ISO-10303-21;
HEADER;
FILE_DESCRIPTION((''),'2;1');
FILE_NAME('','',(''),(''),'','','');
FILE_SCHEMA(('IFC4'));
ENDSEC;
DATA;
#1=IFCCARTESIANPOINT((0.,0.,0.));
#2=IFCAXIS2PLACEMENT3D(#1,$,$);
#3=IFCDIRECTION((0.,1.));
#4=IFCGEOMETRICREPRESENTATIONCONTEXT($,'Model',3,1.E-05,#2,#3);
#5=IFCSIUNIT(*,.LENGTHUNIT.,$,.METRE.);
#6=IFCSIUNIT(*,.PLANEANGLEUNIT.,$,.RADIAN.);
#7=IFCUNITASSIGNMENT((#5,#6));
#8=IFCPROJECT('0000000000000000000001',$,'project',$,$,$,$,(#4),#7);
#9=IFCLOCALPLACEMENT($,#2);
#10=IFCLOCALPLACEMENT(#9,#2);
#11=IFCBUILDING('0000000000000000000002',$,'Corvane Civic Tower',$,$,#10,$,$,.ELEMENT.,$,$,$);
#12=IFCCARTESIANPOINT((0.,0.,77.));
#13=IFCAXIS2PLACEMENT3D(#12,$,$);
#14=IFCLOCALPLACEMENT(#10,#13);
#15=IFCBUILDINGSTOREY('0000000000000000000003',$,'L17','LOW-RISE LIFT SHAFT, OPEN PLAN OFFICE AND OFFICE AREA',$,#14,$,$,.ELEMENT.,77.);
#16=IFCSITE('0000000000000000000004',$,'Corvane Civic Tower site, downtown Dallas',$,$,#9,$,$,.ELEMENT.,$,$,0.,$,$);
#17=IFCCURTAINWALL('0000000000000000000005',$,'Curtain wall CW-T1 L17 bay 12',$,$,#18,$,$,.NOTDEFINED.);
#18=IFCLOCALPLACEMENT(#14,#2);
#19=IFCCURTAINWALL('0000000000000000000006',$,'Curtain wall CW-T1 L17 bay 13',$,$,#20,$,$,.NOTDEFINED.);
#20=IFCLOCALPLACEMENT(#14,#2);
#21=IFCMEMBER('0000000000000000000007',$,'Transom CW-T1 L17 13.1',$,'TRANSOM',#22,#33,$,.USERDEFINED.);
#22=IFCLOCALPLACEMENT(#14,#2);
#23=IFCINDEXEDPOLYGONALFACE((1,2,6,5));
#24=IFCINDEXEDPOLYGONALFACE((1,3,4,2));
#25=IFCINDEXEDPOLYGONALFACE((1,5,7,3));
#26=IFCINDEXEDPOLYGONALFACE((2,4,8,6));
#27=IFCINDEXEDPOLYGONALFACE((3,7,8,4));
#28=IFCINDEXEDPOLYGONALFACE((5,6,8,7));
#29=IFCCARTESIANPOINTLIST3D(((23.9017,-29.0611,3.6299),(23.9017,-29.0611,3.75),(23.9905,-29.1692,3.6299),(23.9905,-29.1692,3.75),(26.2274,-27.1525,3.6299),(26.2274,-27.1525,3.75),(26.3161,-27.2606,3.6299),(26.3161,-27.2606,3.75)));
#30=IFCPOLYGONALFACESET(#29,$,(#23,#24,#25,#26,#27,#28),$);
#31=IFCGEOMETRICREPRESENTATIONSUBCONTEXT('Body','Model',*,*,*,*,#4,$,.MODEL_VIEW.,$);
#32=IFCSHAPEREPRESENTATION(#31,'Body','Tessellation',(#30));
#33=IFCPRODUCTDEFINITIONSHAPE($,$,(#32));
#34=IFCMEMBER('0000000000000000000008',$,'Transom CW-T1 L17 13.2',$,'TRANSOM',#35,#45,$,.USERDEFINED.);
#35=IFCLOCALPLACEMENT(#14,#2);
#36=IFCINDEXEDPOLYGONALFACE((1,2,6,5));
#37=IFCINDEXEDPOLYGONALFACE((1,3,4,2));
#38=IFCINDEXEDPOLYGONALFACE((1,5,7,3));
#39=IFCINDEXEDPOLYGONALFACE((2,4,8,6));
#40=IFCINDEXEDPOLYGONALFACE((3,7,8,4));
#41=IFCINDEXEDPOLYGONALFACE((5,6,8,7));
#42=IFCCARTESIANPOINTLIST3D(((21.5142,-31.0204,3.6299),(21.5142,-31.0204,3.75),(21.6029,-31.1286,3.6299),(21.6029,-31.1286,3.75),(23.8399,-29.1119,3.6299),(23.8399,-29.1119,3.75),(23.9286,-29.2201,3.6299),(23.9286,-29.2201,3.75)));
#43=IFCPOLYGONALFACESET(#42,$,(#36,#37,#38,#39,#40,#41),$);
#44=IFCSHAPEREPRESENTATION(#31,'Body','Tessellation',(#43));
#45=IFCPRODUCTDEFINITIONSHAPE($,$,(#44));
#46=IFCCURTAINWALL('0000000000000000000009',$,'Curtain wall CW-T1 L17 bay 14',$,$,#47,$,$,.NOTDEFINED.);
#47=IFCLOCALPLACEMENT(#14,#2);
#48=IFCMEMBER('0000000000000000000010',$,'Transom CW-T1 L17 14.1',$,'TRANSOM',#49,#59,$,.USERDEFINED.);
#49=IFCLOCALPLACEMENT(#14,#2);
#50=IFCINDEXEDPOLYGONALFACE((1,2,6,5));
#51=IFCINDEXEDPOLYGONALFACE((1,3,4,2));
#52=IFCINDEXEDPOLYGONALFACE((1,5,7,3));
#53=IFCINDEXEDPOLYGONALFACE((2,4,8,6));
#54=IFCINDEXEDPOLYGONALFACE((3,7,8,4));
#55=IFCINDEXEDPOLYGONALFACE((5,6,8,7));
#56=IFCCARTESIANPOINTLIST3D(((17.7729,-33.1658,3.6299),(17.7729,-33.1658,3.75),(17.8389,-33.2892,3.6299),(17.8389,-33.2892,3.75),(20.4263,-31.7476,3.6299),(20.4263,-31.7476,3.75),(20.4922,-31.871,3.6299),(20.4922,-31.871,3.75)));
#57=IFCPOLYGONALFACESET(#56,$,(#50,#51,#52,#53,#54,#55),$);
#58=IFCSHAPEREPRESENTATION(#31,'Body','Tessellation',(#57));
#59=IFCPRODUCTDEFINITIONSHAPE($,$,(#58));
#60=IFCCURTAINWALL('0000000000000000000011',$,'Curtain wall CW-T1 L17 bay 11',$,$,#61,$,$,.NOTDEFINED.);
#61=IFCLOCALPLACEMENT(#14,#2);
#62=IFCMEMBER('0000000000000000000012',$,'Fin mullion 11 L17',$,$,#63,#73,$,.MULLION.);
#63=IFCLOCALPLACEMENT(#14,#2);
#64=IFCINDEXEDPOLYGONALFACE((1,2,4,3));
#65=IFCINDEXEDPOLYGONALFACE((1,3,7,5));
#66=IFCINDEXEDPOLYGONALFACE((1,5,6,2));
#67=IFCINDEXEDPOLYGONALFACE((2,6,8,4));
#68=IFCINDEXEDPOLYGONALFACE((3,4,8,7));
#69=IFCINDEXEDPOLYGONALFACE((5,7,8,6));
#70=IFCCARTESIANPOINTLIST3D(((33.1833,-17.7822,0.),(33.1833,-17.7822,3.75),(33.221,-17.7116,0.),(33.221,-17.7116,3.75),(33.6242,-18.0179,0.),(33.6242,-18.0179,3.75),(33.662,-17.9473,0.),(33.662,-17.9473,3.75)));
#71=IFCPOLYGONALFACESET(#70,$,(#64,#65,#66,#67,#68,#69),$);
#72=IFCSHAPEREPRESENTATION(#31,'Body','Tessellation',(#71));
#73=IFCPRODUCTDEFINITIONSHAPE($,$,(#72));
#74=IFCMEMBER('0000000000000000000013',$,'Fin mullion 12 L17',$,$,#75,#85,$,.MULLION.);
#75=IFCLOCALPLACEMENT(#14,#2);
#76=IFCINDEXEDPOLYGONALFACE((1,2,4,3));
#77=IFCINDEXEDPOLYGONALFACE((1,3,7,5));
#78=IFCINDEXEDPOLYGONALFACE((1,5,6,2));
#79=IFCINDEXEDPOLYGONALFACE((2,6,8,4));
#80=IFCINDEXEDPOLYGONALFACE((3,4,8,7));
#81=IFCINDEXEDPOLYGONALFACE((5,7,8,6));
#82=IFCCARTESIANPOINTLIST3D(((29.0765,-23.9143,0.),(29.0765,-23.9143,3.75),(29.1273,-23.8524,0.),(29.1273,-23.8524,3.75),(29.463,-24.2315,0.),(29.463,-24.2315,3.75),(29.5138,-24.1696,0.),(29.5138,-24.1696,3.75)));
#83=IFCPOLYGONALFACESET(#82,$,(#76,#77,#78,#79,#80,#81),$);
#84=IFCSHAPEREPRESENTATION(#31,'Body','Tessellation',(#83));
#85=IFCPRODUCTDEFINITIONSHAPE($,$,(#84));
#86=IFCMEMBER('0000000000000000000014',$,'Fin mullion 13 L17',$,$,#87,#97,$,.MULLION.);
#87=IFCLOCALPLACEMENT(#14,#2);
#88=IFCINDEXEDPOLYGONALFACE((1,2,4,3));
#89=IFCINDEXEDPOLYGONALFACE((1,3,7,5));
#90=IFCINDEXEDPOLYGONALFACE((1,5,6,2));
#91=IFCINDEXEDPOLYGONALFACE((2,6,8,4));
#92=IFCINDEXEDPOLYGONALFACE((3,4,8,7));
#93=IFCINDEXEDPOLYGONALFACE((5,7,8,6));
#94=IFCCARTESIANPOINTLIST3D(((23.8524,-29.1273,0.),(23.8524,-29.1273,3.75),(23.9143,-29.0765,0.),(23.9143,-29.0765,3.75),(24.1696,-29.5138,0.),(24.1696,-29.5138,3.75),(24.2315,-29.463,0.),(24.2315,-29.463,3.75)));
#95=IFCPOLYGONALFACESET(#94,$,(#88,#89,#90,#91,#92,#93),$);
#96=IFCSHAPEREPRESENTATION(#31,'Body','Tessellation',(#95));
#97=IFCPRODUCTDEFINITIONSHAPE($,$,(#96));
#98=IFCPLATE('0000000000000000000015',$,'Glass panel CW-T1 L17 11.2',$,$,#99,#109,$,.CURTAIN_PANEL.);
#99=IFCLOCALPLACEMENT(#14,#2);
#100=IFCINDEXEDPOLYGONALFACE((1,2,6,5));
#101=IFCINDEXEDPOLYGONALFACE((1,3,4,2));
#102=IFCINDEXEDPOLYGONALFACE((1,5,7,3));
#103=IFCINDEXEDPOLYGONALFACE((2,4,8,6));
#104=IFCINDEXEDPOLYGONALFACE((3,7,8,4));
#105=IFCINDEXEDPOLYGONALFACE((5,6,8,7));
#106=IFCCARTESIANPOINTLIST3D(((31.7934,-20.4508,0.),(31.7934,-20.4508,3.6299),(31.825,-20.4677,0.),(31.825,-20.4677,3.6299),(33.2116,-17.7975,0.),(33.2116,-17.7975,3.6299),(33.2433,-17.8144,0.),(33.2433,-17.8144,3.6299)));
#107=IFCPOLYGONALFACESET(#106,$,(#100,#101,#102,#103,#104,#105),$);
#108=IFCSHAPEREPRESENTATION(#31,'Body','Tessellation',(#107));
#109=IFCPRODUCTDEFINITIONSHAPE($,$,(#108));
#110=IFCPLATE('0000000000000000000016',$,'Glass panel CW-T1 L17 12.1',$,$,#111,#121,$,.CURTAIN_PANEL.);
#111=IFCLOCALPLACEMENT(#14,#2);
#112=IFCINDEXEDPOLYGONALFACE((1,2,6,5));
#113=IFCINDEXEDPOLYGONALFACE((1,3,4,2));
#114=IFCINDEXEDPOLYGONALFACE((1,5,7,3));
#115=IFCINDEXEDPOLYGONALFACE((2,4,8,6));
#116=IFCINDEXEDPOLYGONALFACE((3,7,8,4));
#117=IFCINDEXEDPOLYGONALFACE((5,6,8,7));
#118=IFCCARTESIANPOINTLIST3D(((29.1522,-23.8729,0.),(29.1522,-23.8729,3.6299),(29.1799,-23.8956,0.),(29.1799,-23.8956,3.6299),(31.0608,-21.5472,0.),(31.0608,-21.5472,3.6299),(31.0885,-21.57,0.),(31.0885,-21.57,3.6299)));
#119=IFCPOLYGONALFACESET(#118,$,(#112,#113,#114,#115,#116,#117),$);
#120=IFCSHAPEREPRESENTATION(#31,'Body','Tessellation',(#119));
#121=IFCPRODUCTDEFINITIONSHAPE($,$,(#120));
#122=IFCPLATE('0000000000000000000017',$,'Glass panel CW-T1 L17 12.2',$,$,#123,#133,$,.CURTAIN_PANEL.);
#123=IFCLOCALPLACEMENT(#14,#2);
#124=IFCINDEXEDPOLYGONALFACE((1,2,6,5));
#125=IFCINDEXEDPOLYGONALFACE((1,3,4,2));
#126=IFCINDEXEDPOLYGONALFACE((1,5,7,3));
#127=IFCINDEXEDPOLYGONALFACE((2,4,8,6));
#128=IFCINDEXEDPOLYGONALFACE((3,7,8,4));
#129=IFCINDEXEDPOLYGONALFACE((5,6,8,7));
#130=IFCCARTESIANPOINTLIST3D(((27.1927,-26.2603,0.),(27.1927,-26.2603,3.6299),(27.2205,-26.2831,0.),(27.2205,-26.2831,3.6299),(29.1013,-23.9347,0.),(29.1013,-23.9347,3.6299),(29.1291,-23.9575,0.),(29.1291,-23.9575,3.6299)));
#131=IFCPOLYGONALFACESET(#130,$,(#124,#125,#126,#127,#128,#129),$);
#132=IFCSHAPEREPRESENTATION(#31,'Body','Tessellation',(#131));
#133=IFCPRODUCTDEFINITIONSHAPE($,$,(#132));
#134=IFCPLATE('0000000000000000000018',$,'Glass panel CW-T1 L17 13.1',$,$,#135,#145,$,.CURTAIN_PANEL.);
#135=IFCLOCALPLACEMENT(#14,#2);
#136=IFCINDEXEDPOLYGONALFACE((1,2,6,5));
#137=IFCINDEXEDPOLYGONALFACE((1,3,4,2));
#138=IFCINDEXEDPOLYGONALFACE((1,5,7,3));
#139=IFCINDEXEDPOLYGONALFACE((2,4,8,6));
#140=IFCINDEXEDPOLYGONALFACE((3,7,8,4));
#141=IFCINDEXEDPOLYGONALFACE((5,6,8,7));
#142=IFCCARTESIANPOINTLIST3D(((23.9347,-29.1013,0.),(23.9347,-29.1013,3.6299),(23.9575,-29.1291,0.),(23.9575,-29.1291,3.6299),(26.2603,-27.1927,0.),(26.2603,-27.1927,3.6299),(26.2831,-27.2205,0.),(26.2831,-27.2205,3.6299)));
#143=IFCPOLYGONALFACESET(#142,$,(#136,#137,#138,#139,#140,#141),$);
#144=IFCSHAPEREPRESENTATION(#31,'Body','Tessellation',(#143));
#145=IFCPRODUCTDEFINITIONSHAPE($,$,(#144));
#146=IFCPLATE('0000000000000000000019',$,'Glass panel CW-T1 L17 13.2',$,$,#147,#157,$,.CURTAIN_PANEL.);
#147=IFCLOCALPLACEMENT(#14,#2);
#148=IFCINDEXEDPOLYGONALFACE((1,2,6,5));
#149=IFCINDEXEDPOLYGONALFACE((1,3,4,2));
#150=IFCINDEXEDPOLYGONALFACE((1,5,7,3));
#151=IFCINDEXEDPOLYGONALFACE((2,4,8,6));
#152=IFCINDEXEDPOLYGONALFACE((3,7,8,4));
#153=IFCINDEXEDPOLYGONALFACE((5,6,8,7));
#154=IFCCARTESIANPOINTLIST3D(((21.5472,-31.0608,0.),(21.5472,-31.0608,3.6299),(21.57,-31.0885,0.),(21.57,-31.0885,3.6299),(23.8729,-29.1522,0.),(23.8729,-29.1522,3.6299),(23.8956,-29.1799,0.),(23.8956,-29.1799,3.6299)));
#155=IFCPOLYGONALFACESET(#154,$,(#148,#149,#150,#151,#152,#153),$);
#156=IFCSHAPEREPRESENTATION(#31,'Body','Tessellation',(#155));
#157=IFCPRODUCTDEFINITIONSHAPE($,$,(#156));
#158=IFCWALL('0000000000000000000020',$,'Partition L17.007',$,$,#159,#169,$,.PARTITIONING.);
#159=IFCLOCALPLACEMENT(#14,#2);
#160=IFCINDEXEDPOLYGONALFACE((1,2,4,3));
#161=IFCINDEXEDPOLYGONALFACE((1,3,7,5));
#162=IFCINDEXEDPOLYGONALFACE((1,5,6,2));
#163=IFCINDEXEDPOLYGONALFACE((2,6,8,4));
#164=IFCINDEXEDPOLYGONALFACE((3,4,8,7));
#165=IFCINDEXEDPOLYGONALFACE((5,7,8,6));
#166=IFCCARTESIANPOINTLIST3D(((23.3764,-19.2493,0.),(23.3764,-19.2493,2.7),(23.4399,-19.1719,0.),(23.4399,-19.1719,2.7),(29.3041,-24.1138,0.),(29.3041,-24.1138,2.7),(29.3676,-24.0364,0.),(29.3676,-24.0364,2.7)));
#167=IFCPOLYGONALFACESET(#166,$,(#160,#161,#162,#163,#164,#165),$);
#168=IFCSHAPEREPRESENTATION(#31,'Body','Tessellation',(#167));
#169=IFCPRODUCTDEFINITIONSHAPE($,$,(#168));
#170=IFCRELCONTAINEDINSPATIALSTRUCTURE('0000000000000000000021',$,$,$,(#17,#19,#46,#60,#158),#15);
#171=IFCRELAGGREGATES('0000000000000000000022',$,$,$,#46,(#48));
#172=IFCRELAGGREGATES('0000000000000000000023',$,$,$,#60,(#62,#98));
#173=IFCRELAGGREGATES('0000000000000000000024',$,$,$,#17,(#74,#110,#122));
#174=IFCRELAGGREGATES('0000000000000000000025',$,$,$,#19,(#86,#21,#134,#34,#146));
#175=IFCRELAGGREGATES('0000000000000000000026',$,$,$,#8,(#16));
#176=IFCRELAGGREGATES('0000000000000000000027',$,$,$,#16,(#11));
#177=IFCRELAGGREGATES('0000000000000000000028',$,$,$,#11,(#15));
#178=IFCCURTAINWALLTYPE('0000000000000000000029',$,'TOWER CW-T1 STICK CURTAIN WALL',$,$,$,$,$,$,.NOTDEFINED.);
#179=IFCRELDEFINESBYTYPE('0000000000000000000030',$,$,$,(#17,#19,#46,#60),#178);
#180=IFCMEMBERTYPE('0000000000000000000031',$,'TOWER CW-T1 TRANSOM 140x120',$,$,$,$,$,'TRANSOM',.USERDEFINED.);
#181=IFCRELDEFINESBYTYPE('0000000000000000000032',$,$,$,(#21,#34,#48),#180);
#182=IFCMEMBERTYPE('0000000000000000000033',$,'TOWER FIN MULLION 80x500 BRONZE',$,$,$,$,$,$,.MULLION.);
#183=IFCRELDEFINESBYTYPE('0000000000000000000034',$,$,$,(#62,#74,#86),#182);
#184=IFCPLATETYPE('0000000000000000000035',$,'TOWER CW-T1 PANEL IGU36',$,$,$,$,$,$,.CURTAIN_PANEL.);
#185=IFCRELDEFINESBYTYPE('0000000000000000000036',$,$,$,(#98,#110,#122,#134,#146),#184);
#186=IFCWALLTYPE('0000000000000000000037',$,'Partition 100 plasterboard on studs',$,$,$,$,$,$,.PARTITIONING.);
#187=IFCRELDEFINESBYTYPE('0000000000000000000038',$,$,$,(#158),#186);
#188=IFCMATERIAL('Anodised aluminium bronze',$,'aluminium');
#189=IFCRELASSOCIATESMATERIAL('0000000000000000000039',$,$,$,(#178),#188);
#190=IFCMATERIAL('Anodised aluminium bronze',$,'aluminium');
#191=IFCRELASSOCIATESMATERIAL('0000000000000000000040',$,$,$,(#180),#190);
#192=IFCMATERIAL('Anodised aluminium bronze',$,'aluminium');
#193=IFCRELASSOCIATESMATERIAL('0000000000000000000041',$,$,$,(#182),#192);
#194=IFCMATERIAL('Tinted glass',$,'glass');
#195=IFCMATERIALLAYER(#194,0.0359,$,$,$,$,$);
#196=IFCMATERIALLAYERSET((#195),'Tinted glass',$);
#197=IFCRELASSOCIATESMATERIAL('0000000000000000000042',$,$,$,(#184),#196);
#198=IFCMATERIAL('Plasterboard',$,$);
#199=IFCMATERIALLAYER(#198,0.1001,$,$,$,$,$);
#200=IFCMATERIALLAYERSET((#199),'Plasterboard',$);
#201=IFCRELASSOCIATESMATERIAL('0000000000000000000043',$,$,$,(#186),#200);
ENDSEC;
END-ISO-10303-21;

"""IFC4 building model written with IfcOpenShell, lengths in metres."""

from ifc_helpers import new_model, si_unit, direction, frame, frame_2d, origin, origin_2d, place, context, subcontext, project, spatial, rectangle, extrude, material, layer, layer_set, material_profile, profile_set, type_object, element, aggregate, save


model = new_model("IFC4")

# Units and contexts
model_context = context("Model", 3, precision=1e-05, world=origin(), true_north=direction((0.0, 1.0)))
body_context = subcontext(model_context, "Body", "Model", "MODEL_VIEW")
ifc_project = project(units=[si_unit("LENGTHUNIT", "METRE"), si_unit("PLANEANGLEUNIT", "RADIAN")], contexts=[model_context])

# Site, building, storey
site_placement = place(None, origin())
site = spatial("IfcSite", under=ifc_project, at=site_placement, Name="Corvane Civic Tower site, downtown Dallas", CompositionType="ELEMENT", RefElevation=0.0)
building_placement = place(site_placement, origin())
building = spatial("IfcBuilding", under=site, at=building_placement, Name="Corvane Civic Tower", CompositionType="ELEMENT")
storey_placement = place(building_placement, frame((0.0, 0.0, 77.0)))
storey = spatial("IfcBuildingStorey", under=building, at=storey_placement, Name="L17", Description="LOW-RISE LIFT SHAFT, OPEN PLAN OFFICE AND OFFICE AREA", CompositionType="ELEMENT", Elevation=77.0)

# Curtain walls, members
ifc_material_1 = material(Name="Anodised aluminium bronze", Category="aluminium")
curtain_wall_type = type_object("IfcCurtainWallType", Name="TOWER CW-T1 STICK CURTAIN WALL", PredefinedType="NOTDEFINED", material=ifc_material_1)
curtain_wall_1_placement = place(storey_placement, origin())
curtain_wall_1 = element("IfcCurtainWall", 1, at=curtain_wall_1_placement, inside=storey, type_object=curtain_wall_type, Name="Curtain wall CW-T1 L17 bay 12", PredefinedType="NOTDEFINED")
ifc_material_2 = material(Name="Anodised aluminium bronze", Category="aluminium")
ifc_material_profile_1 = material_profile(ifc_material_2, rectangle(XDim=0.1399, YDim=0.1201, at=origin_2d()), Name="TOWER CW-T1 TRANSOM 140x120")
ifc_profile_set_1 = profile_set([ifc_material_profile_1], Name="Anodised aluminium bronze")
member_type_1 = type_object("IfcMemberType", Name="TOWER CW-T1 TRANSOM 140x120", ElementType="TRANSOM", PredefinedType="USERDEFINED", material=ifc_profile_set_1)
curtain_wall_2_placement = place(storey_placement, origin())
curtain_wall_2 = element("IfcCurtainWall", 2, at=curtain_wall_2_placement, inside=storey, type_object=curtain_wall_type, Name="Curtain wall CW-T1 L17 bay 13", PredefinedType="NOTDEFINED")
member_1_placement = place(storey_placement, frame((26.2717, -27.2065, 3.6899), z_axis=(-0.773002, -0.634404, 0.0), x_axis=(0.634404, -0.773002, 0.0)))
member_1 = element("IfcMember", 3, at=member_1_placement, type_object=member_type_1, Name="Transom CW-T1 L17 13.1", ObjectType="TRANSOM", PredefinedType="USERDEFINED", context=body_context, shape_type="SweptSolid", body=[
    extrude(rectangle(XDim=0.1399, YDim=0.1201, at=origin_2d()), origin(), (0.0, 0.0, 1.0), 3.0085),
])
member_2_placement = place(storey_placement, frame((23.8843, -29.166, 3.6899), z_axis=(-0.773042, -0.634355, 0.0), x_axis=(0.634355, -0.773042, 0.0)))
member_2 = element("IfcMember", 4, at=member_2_placement, type_object=member_type_1, Name="Transom CW-T1 L17 13.2", ObjectType="TRANSOM", PredefinedType="USERDEFINED", context=body_context, shape_type="SweptSolid", body=[
    extrude(rectangle(XDim=0.1399, YDim=0.1201, at=origin_2d()), origin(), (0.0, 0.0, 1.0), 3.0085),
])

# Curtain walls, members
curtain_wall_3_placement = place(storey_placement, origin())
curtain_wall_3 = element("IfcCurtainWall", 5, at=curtain_wall_3_placement, inside=storey, type_object=curtain_wall_type, Name="Curtain wall CW-T1 L17 bay 14", PredefinedType="NOTDEFINED")
member_3_placement = place(storey_placement, frame((20.4592, -31.8093, 3.6899), z_axis=(-0.881924, -0.471393, 0.0), x_axis=(0.471393, -0.881924, 0.0)))
member_3 = element("IfcMember", 6, at=member_3_placement, type_object=member_type_1, Name="Transom CW-T1 L17 14.1", ObjectType="TRANSOM", PredefinedType="USERDEFINED", context=body_context, shape_type="SweptSolid", body=[
    extrude(rectangle(XDim=0.1399, YDim=0.1201, at=origin_2d()), origin(), (0.0, 0.0, 1.0), 3.0085),
])
aggregate(curtain_wall_3, [member_3])
curtain_wall_4_placement = place(storey_placement, origin())
curtain_wall_4 = element("IfcCurtainWall", 7, at=curtain_wall_4_placement, inside=storey, type_object=curtain_wall_type, Name="Curtain wall CW-T1 L17 bay 11", PredefinedType="NOTDEFINED")
ifc_material_3 = material(Name="Anodised aluminium bronze", Category="aluminium")
ifc_material_profile_2 = material_profile(ifc_material_3, rectangle(XDim=0.0801, YDim=0.5, at=origin_2d()), Name="TOWER FIN MULLION 80x500 BRONZE")
ifc_profile_set_2 = profile_set([ifc_material_profile_2], Name="Anodised aluminium bronze")
member_type_2 = type_object("IfcMemberType", Name="TOWER FIN MULLION 80x500 BRONZE", PredefinedType="MULLION", material=ifc_profile_set_2)
member_4_placement = place(storey_placement, frame((33.4226, -17.8647, 0.0), z_axis=(0.0, 0.0, 1.0), x_axis=(-0.471404, -0.881918, 0.0)))
member_4 = element("IfcMember", 8, at=member_4_placement, type_object=member_type_2, Name="Fin mullion 11 L17", PredefinedType="MULLION", context=body_context, shape_type="SweptSolid", body=[
    extrude(rectangle(XDim=0.0801, YDim=0.5, at=origin_2d()), origin(), (0.0, 0.0, 1.0), 3.75),
])

# Members
member_5_placement = place(storey_placement, frame((29.2952, -24.042, 0.0), z_axis=(0.0, 0.0, 1.0), x_axis=(-0.634397, -0.773007, 0.0)))
member_5 = element("IfcMember", 9, at=member_5_placement, type_object=member_type_2, Name="Fin mullion 12 L17", PredefinedType="MULLION", context=body_context, shape_type="SweptSolid", body=[
    extrude(rectangle(XDim=0.0801, YDim=0.5, at=origin_2d()), origin(), (0.0, 0.0, 1.0), 3.75),
])
member_6_placement = place(storey_placement, frame((24.042, -29.2952, 0.0), z_axis=(0.0, 0.0, 1.0), x_axis=(-0.773007, -0.634397, 0.0)))
member_6 = element("IfcMember", 10, at=member_6_placement, type_object=member_type_2, Name="Fin mullion 13 L17", PredefinedType="MULLION", context=body_context, shape_type="SweptSolid", body=[
    extrude(rectangle(XDim=0.0801, YDim=0.5, at=origin_2d()), origin(), (0.0, 0.0, 1.0), 3.75),
])

# Plates
ifc_material_4 = material(Name="Tinted glass", Category="glass")
ifc_layer_1 = layer(ifc_material_4, 0.0359)
ifc_layer_set_1 = layer_set([ifc_layer_1], Name="Tinted glass")
plate_type = type_object("IfcPlateType", Name="TOWER CW-T1 PANEL IGU36", PredefinedType="CURTAIN_PANEL", material=ifc_layer_set_1)
plate_1_placement = place(storey_placement, frame((32.5183, -19.1326, 0.0), z_axis=(0.0, 0.0, 1.0), x_axis=(-0.471404, -0.881918, 0.0)))
plate_1 = element("IfcPlate", 11, at=plate_1_placement, type_object=plate_type, Name="Glass panel CW-T1 L17 11.2", PredefinedType="CURTAIN_PANEL", context=body_context, shape_type="SweptSolid", body=[
    extrude(rectangle(XDim=3.0085, YDim=0.0359, at=origin_2d()), origin(), (0.0, 0.0, 1.0), 3.6299),
])
aggregate(curtain_wall_4, [member_4, plate_1])
plate_2_placement = place(storey_placement, frame((30.1204, -22.7214, 0.0), z_axis=(0.0, 0.0, 1.0), x_axis=(-0.634397, -0.773007, 0.0)))
plate_2 = element("IfcPlate", 12, at=plate_2_placement, type_object=plate_type, Name="Glass panel CW-T1 L17 12.1", PredefinedType="CURTAIN_PANEL", context=body_context, shape_type="SweptSolid", body=[
    extrude(rectangle(XDim=3.0085, YDim=0.0359, at=origin_2d()), origin(), (0.0, 0.0, 1.0), 3.6299),
])
plate_3_placement = place(storey_placement, frame((28.1609, -25.1089, 0.0), z_axis=(0.0, 0.0, 1.0), x_axis=(-0.634397, -0.773007, 0.0)))
plate_3 = element("IfcPlate", 13, at=plate_3_placement, type_object=plate_type, Name="Glass panel CW-T1 L17 12.2", PredefinedType="CURTAIN_PANEL", context=body_context, shape_type="SweptSolid", body=[
    extrude(rectangle(XDim=3.0085, YDim=0.0359, at=origin_2d()), origin(), (0.0, 0.0, 1.0), 3.6299),
])
aggregate(curtain_wall_1, [member_5, plate_2, plate_3])
plate_4_placement = place(storey_placement, frame((25.1089, -28.1609, 0.0), z_axis=(0.0, 0.0, 1.0), x_axis=(-0.773007, -0.634397, 0.0)))
plate_4 = element("IfcPlate", 14, at=plate_4_placement, type_object=plate_type, Name="Glass panel CW-T1 L17 13.1", PredefinedType="CURTAIN_PANEL", context=body_context, shape_type="SweptSolid", body=[
    extrude(rectangle(XDim=3.0085, YDim=0.0359, at=origin_2d()), origin(), (0.0, 0.0, 1.0), 3.6299),
])
plate_5_placement = place(storey_placement, frame((22.7214, -30.1204, 0.0), z_axis=(0.0, 0.0, 1.0), x_axis=(-0.773007, -0.634397, 0.0)))
plate_5 = element("IfcPlate", 15, at=plate_5_placement, type_object=plate_type, Name="Glass panel CW-T1 L17 13.2", PredefinedType="CURTAIN_PANEL", context=body_context, shape_type="SweptSolid", body=[
    extrude(rectangle(XDim=3.0085, YDim=0.0359, at=origin_2d()), origin(), (0.0, 0.0, 1.0), 3.6299),
])
aggregate(curtain_wall_2, [member_6, member_1, plate_4, member_2, plate_5])

# Wall
ifc_material_5 = material(Name="Plasterboard")
ifc_layer_2 = layer(ifc_material_5, 0.1001)
ifc_layer_set_2 = layer_set([ifc_layer_2], Name="Plasterboard")
wall_type = type_object("IfcWallType", Name="Partition 100 plasterboard on studs", PredefinedType="PARTITIONING", material=ifc_layer_set_2)
wall_1_placement = place(storey_placement, frame((23.4082, -19.2107, 0.0), z_axis=(0.0, 0.0, 1.0), x_axis=(0.773027, -0.634373, 0.0)))
element("IfcWall", 16, at=wall_1_placement, inside=storey, type_object=wall_type, Name="Partition L17.007", PredefinedType="PARTITIONING", context=body_context, shape_type="SweptSolid", body=[
    extrude(rectangle(XDim=7.6682, YDim=0.1001, at=frame_2d((3.834, 0.0))), origin(), (0.0, 0.0, 1.0), 2.7),
])

save(model, "model.ifc")
